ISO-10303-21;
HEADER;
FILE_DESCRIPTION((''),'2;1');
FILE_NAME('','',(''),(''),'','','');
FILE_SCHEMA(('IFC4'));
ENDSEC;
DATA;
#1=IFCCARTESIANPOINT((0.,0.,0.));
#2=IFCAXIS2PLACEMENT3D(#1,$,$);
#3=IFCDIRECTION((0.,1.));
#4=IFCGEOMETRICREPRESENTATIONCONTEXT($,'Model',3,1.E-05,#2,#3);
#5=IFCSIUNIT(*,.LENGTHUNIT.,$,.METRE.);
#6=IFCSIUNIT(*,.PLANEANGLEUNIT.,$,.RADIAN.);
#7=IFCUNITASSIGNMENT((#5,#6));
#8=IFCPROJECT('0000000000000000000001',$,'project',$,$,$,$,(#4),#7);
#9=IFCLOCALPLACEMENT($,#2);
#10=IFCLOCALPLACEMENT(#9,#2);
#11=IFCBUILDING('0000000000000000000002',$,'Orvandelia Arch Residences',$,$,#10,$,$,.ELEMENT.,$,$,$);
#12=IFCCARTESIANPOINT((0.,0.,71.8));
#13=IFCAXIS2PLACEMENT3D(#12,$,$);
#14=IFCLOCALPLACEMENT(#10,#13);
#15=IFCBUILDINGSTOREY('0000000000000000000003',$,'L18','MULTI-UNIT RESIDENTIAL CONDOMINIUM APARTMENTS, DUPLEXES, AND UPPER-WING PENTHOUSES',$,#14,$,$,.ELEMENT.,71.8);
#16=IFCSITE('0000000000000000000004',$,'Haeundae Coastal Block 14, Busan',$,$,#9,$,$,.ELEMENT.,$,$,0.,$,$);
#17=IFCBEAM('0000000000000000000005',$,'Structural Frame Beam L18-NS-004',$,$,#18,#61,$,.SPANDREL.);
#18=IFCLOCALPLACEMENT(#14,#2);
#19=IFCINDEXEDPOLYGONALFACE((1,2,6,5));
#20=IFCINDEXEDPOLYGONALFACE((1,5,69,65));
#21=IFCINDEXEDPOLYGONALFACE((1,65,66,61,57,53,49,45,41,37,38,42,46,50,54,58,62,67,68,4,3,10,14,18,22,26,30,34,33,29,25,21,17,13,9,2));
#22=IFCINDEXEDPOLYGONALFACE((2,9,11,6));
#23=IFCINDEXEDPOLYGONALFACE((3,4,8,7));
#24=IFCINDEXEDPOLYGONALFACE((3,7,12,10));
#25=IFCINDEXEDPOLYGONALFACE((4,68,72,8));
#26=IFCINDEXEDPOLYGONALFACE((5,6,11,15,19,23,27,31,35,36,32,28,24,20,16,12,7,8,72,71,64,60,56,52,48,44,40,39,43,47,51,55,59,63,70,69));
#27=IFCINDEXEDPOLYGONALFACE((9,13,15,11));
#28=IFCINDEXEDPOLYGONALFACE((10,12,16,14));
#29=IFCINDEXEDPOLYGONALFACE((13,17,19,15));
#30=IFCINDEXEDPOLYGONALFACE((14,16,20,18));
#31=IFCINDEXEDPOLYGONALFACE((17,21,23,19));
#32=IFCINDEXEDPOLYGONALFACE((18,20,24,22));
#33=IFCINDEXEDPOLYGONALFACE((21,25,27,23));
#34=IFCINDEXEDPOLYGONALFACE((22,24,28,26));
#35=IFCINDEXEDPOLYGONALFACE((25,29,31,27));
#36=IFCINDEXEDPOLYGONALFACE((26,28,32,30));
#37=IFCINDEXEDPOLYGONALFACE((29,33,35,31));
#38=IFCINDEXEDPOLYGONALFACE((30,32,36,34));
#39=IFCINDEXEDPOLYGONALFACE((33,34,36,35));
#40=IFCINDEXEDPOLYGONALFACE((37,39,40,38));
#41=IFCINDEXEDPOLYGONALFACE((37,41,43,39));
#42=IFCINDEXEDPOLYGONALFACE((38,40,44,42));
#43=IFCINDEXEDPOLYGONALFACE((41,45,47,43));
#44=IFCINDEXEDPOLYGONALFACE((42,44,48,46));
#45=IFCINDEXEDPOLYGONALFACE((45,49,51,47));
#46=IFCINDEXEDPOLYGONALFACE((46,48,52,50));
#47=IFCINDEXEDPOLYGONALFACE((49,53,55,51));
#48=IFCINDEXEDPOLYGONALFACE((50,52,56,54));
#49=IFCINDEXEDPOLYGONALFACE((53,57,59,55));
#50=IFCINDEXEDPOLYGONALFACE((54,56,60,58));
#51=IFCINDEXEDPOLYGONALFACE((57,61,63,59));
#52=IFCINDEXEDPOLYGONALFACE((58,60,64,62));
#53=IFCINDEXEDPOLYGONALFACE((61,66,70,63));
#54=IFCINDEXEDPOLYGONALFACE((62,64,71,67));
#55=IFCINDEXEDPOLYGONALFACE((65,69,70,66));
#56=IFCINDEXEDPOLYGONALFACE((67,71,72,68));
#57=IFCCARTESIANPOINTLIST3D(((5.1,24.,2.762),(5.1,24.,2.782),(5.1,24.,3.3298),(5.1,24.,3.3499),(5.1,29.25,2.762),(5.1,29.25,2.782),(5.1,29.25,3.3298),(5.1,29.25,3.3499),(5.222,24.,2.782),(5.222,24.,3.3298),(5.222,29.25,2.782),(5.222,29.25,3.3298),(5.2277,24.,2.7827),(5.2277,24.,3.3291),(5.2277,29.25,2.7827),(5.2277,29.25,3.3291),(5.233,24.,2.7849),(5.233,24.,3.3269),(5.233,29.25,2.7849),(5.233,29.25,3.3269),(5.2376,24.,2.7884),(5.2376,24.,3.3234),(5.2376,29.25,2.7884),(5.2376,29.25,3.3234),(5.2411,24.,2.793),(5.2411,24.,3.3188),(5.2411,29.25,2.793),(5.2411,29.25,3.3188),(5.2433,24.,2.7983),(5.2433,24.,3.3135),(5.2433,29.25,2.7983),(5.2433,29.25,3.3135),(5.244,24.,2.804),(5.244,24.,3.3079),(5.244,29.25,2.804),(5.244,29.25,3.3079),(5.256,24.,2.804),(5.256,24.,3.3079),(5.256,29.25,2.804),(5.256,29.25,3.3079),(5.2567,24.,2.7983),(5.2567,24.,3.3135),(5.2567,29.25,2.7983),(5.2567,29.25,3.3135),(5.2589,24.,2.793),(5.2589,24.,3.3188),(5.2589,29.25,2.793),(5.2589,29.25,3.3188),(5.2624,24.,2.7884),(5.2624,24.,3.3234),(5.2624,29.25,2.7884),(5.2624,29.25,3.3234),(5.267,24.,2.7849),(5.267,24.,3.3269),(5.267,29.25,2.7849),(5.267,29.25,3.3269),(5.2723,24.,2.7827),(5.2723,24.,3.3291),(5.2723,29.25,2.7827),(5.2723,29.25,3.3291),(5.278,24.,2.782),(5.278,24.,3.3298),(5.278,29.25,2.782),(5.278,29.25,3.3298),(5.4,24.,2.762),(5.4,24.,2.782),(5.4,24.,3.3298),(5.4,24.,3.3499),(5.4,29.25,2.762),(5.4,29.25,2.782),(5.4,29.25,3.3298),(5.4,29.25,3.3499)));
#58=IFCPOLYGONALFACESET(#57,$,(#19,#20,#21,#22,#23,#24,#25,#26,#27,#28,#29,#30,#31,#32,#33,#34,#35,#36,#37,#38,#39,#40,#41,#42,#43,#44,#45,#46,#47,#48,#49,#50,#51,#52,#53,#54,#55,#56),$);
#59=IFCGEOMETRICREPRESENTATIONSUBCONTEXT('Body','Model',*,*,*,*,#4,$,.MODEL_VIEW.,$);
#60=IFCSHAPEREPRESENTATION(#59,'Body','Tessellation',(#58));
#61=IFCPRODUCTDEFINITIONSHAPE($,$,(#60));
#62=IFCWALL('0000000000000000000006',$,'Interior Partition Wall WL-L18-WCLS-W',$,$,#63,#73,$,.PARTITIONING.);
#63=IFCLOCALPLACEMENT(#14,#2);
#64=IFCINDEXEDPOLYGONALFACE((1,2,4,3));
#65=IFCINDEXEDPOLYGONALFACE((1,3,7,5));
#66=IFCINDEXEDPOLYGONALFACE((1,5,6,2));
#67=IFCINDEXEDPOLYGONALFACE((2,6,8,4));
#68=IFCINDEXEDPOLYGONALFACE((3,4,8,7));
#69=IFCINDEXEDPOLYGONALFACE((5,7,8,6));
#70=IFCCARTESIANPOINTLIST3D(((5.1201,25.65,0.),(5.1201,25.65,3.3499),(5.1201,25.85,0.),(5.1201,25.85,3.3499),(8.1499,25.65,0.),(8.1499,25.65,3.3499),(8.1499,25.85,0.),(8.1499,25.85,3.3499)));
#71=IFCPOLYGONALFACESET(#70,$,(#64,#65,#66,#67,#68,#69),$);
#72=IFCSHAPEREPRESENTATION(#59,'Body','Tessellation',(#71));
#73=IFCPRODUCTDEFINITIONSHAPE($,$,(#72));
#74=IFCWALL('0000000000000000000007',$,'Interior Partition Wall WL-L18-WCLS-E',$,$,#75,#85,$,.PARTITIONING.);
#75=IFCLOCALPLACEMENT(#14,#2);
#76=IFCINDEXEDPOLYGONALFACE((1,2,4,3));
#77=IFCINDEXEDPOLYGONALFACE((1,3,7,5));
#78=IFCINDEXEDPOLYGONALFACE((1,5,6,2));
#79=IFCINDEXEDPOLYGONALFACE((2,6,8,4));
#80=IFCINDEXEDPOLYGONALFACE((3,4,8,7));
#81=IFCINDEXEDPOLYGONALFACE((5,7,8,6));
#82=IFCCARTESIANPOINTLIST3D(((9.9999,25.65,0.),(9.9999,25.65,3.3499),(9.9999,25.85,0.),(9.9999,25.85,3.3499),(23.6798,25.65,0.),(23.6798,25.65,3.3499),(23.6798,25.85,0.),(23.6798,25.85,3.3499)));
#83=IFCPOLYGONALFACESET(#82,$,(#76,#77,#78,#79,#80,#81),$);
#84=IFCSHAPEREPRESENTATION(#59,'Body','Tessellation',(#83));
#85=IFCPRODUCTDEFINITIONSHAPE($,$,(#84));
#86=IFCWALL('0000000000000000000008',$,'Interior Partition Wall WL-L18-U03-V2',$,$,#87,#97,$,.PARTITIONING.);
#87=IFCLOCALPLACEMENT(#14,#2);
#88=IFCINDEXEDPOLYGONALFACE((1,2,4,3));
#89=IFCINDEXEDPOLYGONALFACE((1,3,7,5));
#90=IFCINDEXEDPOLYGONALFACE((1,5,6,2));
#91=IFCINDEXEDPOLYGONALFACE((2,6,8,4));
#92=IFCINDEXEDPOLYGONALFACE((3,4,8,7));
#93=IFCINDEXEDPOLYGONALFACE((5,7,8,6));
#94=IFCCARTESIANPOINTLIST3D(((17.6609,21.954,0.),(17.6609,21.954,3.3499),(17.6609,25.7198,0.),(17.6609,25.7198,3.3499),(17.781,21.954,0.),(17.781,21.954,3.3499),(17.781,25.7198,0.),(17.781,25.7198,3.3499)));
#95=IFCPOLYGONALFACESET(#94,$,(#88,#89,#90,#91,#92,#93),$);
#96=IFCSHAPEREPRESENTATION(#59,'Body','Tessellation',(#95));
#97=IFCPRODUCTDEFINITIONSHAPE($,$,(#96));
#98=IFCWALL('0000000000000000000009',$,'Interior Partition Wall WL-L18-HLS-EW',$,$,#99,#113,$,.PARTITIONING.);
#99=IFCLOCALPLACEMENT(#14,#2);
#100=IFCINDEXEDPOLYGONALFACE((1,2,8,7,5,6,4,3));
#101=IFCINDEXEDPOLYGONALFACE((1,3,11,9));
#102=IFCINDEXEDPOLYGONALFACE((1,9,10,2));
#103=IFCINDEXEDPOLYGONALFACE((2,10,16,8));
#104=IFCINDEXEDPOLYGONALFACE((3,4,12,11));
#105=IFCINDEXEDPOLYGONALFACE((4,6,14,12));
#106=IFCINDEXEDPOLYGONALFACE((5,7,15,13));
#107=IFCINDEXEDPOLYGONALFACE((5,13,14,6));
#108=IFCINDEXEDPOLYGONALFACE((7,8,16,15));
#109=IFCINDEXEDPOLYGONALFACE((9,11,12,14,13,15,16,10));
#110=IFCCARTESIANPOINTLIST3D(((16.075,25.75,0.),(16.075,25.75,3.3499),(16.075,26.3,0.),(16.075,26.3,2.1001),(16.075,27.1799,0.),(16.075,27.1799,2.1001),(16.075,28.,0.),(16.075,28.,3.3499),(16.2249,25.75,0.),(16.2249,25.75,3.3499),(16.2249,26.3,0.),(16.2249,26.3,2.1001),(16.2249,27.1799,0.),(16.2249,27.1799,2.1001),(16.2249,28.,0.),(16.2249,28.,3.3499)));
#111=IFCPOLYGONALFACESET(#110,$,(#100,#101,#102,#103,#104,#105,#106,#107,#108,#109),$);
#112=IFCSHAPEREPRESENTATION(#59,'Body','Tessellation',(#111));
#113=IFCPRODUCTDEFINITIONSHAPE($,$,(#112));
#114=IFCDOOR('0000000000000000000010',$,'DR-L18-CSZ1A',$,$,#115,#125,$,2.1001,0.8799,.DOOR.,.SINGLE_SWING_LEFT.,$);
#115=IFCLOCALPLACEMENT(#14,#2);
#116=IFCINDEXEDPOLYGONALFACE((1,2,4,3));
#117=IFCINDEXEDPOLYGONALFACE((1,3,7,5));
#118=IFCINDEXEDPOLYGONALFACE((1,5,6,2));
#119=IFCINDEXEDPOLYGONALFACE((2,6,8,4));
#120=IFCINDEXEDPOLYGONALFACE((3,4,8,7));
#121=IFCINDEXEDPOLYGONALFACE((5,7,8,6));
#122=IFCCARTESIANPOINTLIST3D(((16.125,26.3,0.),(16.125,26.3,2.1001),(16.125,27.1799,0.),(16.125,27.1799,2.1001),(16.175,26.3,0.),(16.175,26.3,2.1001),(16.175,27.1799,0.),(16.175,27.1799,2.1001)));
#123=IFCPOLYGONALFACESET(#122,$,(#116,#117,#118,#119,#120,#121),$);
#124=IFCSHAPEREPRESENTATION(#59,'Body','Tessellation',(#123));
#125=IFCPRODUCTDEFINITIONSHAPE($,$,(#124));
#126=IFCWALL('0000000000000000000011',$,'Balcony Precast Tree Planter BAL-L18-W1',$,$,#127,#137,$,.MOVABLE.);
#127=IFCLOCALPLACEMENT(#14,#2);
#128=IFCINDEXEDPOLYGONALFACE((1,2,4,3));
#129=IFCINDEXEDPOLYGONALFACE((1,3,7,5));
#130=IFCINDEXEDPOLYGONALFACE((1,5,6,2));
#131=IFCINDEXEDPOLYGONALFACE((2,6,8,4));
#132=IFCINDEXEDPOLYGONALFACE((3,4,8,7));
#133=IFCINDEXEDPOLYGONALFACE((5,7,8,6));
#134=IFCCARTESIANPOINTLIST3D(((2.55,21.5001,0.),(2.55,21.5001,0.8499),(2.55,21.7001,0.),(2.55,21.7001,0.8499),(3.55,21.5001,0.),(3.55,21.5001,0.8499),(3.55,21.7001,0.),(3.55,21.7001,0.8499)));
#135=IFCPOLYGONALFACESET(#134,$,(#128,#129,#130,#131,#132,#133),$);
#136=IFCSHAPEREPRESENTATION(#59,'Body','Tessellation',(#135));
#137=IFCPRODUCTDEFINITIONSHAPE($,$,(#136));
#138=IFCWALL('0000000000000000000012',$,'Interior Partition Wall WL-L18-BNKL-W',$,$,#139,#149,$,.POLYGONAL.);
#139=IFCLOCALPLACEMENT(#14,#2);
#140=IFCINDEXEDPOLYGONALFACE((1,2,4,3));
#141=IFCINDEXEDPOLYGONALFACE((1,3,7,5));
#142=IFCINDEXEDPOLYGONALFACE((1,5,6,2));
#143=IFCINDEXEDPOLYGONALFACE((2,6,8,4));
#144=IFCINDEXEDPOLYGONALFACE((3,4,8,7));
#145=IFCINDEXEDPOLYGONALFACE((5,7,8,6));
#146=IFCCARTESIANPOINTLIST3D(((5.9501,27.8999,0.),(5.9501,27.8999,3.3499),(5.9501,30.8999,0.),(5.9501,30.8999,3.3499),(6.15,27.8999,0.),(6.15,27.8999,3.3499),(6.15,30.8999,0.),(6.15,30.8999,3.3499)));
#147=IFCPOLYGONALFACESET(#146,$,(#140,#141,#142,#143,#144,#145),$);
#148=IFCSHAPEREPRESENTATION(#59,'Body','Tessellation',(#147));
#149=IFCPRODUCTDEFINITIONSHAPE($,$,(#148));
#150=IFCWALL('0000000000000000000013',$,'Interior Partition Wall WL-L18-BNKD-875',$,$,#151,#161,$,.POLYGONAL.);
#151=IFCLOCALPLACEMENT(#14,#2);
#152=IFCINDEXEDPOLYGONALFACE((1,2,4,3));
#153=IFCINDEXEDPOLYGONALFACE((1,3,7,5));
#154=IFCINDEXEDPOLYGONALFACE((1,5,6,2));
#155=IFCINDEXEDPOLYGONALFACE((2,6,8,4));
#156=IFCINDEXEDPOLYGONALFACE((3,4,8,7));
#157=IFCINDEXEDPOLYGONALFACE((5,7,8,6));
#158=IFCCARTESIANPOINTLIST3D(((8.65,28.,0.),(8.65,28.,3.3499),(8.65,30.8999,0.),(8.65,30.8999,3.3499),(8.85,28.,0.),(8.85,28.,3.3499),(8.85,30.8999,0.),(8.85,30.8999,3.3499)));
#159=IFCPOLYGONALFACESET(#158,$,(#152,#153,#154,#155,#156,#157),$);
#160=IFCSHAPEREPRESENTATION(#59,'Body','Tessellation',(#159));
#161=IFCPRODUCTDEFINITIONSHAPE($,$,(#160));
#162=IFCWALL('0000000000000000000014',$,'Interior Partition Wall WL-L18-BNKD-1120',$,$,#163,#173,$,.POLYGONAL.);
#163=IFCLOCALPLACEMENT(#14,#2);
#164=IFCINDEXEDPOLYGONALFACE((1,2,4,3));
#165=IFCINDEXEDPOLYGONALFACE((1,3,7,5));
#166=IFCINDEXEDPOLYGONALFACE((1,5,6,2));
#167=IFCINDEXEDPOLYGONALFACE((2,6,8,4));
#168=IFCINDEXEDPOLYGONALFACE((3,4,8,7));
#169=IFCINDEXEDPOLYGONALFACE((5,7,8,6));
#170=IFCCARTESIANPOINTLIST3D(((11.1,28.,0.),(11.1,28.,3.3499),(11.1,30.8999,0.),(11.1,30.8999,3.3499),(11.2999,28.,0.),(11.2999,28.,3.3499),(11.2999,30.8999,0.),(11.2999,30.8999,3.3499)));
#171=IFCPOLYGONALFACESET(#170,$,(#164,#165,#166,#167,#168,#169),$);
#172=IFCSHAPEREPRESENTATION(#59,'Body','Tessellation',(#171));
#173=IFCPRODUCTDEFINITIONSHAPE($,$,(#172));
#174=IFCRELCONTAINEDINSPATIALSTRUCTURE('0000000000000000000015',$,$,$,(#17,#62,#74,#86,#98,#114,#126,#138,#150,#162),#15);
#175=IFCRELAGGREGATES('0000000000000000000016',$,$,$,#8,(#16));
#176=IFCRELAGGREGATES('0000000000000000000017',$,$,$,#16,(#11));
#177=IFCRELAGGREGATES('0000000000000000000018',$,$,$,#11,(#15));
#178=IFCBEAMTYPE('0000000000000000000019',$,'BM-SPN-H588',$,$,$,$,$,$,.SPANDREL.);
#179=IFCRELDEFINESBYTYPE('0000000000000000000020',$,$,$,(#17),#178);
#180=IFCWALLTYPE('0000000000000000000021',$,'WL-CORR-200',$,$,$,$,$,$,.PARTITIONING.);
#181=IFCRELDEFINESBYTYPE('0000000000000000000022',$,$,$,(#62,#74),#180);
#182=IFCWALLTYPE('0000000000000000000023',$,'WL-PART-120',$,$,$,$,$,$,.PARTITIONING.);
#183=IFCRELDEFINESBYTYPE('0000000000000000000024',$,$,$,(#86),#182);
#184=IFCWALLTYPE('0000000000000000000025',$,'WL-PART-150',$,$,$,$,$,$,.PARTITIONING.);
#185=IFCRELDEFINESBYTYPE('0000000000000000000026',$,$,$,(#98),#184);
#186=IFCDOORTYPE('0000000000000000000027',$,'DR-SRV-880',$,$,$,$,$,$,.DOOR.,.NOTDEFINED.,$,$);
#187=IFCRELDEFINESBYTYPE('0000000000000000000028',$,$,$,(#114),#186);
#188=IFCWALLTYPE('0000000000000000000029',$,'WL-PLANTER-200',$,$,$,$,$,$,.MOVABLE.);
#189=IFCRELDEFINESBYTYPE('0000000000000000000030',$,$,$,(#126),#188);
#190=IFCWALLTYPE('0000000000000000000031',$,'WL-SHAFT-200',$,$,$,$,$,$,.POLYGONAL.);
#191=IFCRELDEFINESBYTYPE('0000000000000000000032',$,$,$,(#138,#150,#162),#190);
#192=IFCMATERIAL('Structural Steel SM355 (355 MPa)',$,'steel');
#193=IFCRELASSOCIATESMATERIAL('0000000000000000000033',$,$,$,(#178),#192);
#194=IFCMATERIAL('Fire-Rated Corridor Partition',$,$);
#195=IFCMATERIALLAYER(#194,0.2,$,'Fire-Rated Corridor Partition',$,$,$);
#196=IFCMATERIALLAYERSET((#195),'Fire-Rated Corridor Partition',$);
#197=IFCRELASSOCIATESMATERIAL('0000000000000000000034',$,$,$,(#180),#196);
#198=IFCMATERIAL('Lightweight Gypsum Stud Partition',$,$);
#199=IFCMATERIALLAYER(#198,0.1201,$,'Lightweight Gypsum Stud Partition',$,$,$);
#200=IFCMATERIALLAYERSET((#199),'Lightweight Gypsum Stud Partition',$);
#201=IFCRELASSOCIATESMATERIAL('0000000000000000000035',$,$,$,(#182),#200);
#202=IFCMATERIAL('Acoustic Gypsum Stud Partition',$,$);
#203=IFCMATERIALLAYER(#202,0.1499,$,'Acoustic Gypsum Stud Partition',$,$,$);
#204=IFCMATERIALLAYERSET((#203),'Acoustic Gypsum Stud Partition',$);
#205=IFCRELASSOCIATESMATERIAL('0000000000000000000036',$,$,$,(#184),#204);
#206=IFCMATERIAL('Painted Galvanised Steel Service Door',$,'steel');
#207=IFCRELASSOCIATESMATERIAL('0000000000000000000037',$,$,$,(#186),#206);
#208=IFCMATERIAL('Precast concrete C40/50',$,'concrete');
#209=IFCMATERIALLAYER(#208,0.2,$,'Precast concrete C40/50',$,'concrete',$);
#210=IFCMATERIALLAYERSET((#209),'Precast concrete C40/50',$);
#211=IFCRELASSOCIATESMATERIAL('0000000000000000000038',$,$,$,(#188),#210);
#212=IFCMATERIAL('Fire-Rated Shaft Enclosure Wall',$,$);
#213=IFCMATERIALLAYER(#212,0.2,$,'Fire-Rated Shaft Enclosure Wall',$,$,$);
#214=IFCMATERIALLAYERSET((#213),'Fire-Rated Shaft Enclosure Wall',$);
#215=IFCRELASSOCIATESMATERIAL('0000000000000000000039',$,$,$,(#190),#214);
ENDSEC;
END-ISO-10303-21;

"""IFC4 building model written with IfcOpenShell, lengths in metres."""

from ifc_helpers import new_model, si_unit, direction, frame, frame_2d, origin, origin_2d, place, context, subcontext, project, spatial, rectangle, i_section, extrude, material, layer, layer_set, material_profile, profile_set, type_object, element, fill, save


model = new_model("IFC4")

# Units and contexts
model_context = context("Model", 3, precision=1e-05, world=origin(), true_north=direction((0.0, 1.0)))
body_context = subcontext(model_context, "Body", "Model", "MODEL_VIEW")
ifc_project = project(units=[si_unit("LENGTHUNIT", "METRE"), si_unit("PLANEANGLEUNIT", "RADIAN")], contexts=[model_context])

# Site, building, storey
site_placement = place(None, origin())
site = spatial("IfcSite", under=ifc_project, at=site_placement, Name="Haeundae Coastal Block 14, Busan", CompositionType="ELEMENT", RefElevation=0.0)
building_placement = place(site_placement, origin())
building = spatial("IfcBuilding", under=site, at=building_placement, Name="Orvandelia Arch Residences", CompositionType="ELEMENT")
storey_placement = place(building_placement, frame((0.0, 0.0, 71.8)))
storey = spatial("IfcBuildingStorey", under=building, at=storey_placement, Name="L18", Description="MULTI-UNIT RESIDENTIAL CONDOMINIUM APARTMENTS, DUPLEXES, AND UPPER-WING PENTHOUSES", CompositionType="ELEMENT", Elevation=71.8)

# Beam
ifc_material_1 = material(Name="Structural Steel SM355 (355 MPa)", Category="steel")
ifc_material_profile_1 = material_profile(ifc_material_1, i_section(OverallWidth=0.3, OverallDepth=0.5879, WebThickness=0.012, FlangeThickness=0.02, FilletRadius=0.022, at=origin_2d()), Name="Structural Steel SM355 (355 MPa)", Category="steel")
ifc_profile_set_1 = profile_set([ifc_material_profile_1], Name="Structural Steel SM355 (355 MPa)")
beam_type_1 = type_object("IfcBeamType", Name="BM-SPN-H588", PredefinedType="SPANDREL", material=ifc_profile_set_1)
beam_1_placement = place(storey_placement, frame((5.25, 24.0, 3.0559), z_axis=(0.0, 1.0, 0.0), x_axis=(-1.0, 0.0, 0.0)))
element("IfcBeam", 1, at=beam_1_placement, inside=storey, type_object=beam_type_1, Name="Structural Frame Beam L18-NS-004", PredefinedType="SPANDREL", context=body_context, shape_type="SweptSolid", body=[
    extrude(i_section(OverallWidth=0.3, OverallDepth=0.5879, WebThickness=0.012, FlangeThickness=0.02, FilletRadius=0.022, at=origin_2d()), origin(), (0.0, 0.0, 1.0), 5.25),
])

# Walls
ifc_material_2 = material(Name="Fire-Rated Corridor Partition")
ifc_layer_1 = layer(ifc_material_2, 0.2, Name="Fire-Rated Corridor Partition")
ifc_layer_set_1 = layer_set([ifc_layer_1], Name="Fire-Rated Corridor Partition")
wall_type_1 = type_object("IfcWallType", Name="WL-CORR-200", PredefinedType="PARTITIONING", material=ifc_layer_set_1)
wall_1_placement = place(storey_placement, frame((5.1201, 25.75, 0.0), z_axis=(0.0, 0.0, 1.0), x_axis=(1.0, 0.0, 0.0)))
element("IfcWall", 2, at=wall_1_placement, inside=storey, type_object=wall_type_1, Name="Interior Partition Wall WL-L18-WCLS-W", PredefinedType="PARTITIONING", context=body_context, shape_type="SweptSolid", body=[
    extrude(rectangle(XDim=3.0298, YDim=0.2, at=frame_2d((1.5149, 0.0))), origin(), (0.0, 0.0, 1.0), 3.3499),
])
wall_2_placement = place(storey_placement, frame((10.0, 25.75, 0.0), z_axis=(0.0, 0.0, 1.0), x_axis=(1.0, 0.0, 0.0)))
element("IfcWall", 3, at=wall_2_placement, inside=storey, type_object=wall_type_1, Name="Interior Partition Wall WL-L18-WCLS-E", PredefinedType="PARTITIONING", context=body_context, shape_type="SweptSolid", body=[
    extrude(rectangle(XDim=13.6799, YDim=0.2, at=frame_2d((6.8398, 0.0))), origin(), (0.0, 0.0, 1.0), 3.3499),
])
ifc_material_3 = material(Name="Lightweight Gypsum Stud Partition")
ifc_layer_2 = layer(ifc_material_3, 0.1201, Name="Lightweight Gypsum Stud Partition")
ifc_layer_set_2 = layer_set([ifc_layer_2], Name="Lightweight Gypsum Stud Partition")
wall_type_2 = type_object("IfcWallType", Name="WL-PART-120", PredefinedType="PARTITIONING", material=ifc_layer_set_2)
wall_3_placement = place(storey_placement, frame((17.7209, 21.9541, 0.0), z_axis=(0.0, 0.0, 1.0), x_axis=(0.0, 1.0, 0.0)))
element("IfcWall", 4, at=wall_3_placement, inside=storey, type_object=wall_type_2, Name="Interior Partition Wall WL-L18-U03-V2", PredefinedType="PARTITIONING", context=body_context, shape_type="SweptSolid", body=[
    extrude(rectangle(XDim=3.7659, YDim=0.1201, at=frame_2d((1.8828, 0.0))), origin(), (0.0, 0.0, 1.0), 3.3499),
])

# Wall, opening, door
ifc_material_4 = material(Name="Acoustic Gypsum Stud Partition")
ifc_layer_3 = layer(ifc_material_4, 0.1499, Name="Acoustic Gypsum Stud Partition")
ifc_layer_set_3 = layer_set([ifc_layer_3], Name="Acoustic Gypsum Stud Partition")
wall_type_3 = type_object("IfcWallType", Name="WL-PART-150", PredefinedType="PARTITIONING", material=ifc_layer_set_3)
wall_4_placement = place(storey_placement, frame((16.1499, 25.75, 0.0), z_axis=(0.0, 0.0, 1.0), x_axis=(0.0, 1.0, 0.0)))
wall_4 = element("IfcWall", 5, at=wall_4_placement, inside=storey, type_object=wall_type_3, Name="Interior Partition Wall WL-L18-HLS-EW", PredefinedType="PARTITIONING", context=body_context, shape_type="SweptSolid", body=[
    extrude(rectangle(XDim=2.25, YDim=0.1499, at=frame_2d((1.125, 0.0))), origin(), (0.0, 0.0, 1.0), 3.3499),
])
opening_1_placement = place(wall_4_placement, frame((0.55, 0.0, 0.0)))
opening_1 = element("IfcOpeningElement", 6, at=opening_1_placement, cuts=wall_4, PredefinedType="OPENING", context=body_context, shape_type="SweptSolid", body=[
    extrude(rectangle(XDim=0.8799, YDim=2.1001, at=frame_2d((0.4399, 1.05))), frame((0.0, 0.085, 0.0), z_axis=(0.0, -1.0, 0.0), x_axis=(1.0, 0.0, 0.0)), (0.0, 0.0, 1.0), 0.1699),
])
ifc_material_5 = material(Name="Painted Galvanised Steel Service Door", Category="steel")
door_type_1 = type_object("IfcDoorType", Name="DR-SRV-880", OperationType="NOTDEFINED", PredefinedType="DOOR", material=ifc_material_5)
door_1_placement = place(opening_1_placement, origin())
door_1 = element("IfcDoor", 7, at=door_1_placement, inside=storey, type_object=door_type_1, Name="DR-L18-CSZ1A", OperationType="SINGLE_SWING_LEFT", OverallHeight=2.1001, OverallWidth=0.8799, PredefinedType="DOOR", context=body_context, shape_type="SweptSolid", body=[
    extrude(rectangle(XDim=0.8799, YDim=2.1001, at=frame_2d((0.4399, 1.05))), frame((0.0, 0.0249, 0.0), z_axis=(0.0, -1.0, 0.0), x_axis=(1.0, 0.0, 0.0)), (0.0, 0.0, 1.0), 0.05),
])
fill(opening_1, door_1)

# Wall
ifc_material_6 = material(Name="Precast concrete C40/50", Category="concrete")
ifc_layer_4 = layer(ifc_material_6, 0.2, Name="Precast concrete C40/50", Category="concrete")
ifc_layer_set_4 = layer_set([ifc_layer_4], Name="Precast concrete C40/50")
wall_type_4 = type_object("IfcWallType", Name="WL-PLANTER-200", PredefinedType="MOVABLE", material=ifc_layer_set_4)
wall_5_placement = place(storey_placement, frame((2.55, 21.6001, 0.0), z_axis=(0.0, 0.0, 1.0), x_axis=(1.0, 0.0, 0.0)))
element("IfcWall", 8, at=wall_5_placement, inside=storey, type_object=wall_type_4, Name="Balcony Precast Tree Planter BAL-L18-W1", PredefinedType="MOVABLE", context=body_context, shape_type="SweptSolid", body=[
    extrude(rectangle(XDim=1.0, YDim=0.2, at=frame_2d((0.5, 0.0))), origin(), (0.0, 0.0, 1.0), 0.8499),
])

# Shared definitions
ifc_material_7 = material(Name="Fire-Rated Shaft Enclosure Wall")
ifc_layer_5 = layer(ifc_material_7, 0.2, Name="Fire-Rated Shaft Enclosure Wall")
ifc_layer_set_5 = layer_set([ifc_layer_5], Name="Fire-Rated Shaft Enclosure Wall")
wall_type_5 = type_object("IfcWallType", Name="WL-SHAFT-200", PredefinedType="POLYGONAL", material=ifc_layer_set_5)

# Walls
wall_6_placement = place(storey_placement, frame((6.05, 27.8999, 0.0), z_axis=(0.0, 0.0, 1.0), x_axis=(0.0, 1.0, 0.0)))
element("IfcWall", 9, at=wall_6_placement, inside=storey, type_object=wall_type_5, Name="Interior Partition Wall WL-L18-BNKL-W", PredefinedType="POLYGONAL", context=body_context, shape_type="SweptSolid", body=[
    extrude(rectangle(XDim=3.0, YDim=0.2, at=frame_2d((1.5, 0.0))), origin(), (0.0, 0.0, 1.0), 3.3499),
])
for number, where, z_axis, x_axis, name in (
    (10, (8.75, 28.0, 0.0), (0.0, 0.0, 1.0), (0.0, 1.0, 0.0), "Interior Partition Wall WL-L18-BNKD-875"),
    (11, (11.2, 28.0, 0.0), (0.0, 0.0, 1.0), (0.0, 1.0, 0.0), "Interior Partition Wall WL-L18-BNKD-1120"),
):
    element("IfcWall", number, at=place(storey_placement, frame(where, z_axis=z_axis, x_axis=x_axis)), inside=storey, type_object=wall_type_5, Name=name, PredefinedType="POLYGONAL", context=body_context, shape_type="SweptSolid", body=[
        extrude(rectangle(XDim=2.8999, YDim=0.2, at=frame_2d((1.45, 0.0))), origin(), (0.0, 0.0, 1.0), 3.3499),
    ])

save(model, "model.ifc")
